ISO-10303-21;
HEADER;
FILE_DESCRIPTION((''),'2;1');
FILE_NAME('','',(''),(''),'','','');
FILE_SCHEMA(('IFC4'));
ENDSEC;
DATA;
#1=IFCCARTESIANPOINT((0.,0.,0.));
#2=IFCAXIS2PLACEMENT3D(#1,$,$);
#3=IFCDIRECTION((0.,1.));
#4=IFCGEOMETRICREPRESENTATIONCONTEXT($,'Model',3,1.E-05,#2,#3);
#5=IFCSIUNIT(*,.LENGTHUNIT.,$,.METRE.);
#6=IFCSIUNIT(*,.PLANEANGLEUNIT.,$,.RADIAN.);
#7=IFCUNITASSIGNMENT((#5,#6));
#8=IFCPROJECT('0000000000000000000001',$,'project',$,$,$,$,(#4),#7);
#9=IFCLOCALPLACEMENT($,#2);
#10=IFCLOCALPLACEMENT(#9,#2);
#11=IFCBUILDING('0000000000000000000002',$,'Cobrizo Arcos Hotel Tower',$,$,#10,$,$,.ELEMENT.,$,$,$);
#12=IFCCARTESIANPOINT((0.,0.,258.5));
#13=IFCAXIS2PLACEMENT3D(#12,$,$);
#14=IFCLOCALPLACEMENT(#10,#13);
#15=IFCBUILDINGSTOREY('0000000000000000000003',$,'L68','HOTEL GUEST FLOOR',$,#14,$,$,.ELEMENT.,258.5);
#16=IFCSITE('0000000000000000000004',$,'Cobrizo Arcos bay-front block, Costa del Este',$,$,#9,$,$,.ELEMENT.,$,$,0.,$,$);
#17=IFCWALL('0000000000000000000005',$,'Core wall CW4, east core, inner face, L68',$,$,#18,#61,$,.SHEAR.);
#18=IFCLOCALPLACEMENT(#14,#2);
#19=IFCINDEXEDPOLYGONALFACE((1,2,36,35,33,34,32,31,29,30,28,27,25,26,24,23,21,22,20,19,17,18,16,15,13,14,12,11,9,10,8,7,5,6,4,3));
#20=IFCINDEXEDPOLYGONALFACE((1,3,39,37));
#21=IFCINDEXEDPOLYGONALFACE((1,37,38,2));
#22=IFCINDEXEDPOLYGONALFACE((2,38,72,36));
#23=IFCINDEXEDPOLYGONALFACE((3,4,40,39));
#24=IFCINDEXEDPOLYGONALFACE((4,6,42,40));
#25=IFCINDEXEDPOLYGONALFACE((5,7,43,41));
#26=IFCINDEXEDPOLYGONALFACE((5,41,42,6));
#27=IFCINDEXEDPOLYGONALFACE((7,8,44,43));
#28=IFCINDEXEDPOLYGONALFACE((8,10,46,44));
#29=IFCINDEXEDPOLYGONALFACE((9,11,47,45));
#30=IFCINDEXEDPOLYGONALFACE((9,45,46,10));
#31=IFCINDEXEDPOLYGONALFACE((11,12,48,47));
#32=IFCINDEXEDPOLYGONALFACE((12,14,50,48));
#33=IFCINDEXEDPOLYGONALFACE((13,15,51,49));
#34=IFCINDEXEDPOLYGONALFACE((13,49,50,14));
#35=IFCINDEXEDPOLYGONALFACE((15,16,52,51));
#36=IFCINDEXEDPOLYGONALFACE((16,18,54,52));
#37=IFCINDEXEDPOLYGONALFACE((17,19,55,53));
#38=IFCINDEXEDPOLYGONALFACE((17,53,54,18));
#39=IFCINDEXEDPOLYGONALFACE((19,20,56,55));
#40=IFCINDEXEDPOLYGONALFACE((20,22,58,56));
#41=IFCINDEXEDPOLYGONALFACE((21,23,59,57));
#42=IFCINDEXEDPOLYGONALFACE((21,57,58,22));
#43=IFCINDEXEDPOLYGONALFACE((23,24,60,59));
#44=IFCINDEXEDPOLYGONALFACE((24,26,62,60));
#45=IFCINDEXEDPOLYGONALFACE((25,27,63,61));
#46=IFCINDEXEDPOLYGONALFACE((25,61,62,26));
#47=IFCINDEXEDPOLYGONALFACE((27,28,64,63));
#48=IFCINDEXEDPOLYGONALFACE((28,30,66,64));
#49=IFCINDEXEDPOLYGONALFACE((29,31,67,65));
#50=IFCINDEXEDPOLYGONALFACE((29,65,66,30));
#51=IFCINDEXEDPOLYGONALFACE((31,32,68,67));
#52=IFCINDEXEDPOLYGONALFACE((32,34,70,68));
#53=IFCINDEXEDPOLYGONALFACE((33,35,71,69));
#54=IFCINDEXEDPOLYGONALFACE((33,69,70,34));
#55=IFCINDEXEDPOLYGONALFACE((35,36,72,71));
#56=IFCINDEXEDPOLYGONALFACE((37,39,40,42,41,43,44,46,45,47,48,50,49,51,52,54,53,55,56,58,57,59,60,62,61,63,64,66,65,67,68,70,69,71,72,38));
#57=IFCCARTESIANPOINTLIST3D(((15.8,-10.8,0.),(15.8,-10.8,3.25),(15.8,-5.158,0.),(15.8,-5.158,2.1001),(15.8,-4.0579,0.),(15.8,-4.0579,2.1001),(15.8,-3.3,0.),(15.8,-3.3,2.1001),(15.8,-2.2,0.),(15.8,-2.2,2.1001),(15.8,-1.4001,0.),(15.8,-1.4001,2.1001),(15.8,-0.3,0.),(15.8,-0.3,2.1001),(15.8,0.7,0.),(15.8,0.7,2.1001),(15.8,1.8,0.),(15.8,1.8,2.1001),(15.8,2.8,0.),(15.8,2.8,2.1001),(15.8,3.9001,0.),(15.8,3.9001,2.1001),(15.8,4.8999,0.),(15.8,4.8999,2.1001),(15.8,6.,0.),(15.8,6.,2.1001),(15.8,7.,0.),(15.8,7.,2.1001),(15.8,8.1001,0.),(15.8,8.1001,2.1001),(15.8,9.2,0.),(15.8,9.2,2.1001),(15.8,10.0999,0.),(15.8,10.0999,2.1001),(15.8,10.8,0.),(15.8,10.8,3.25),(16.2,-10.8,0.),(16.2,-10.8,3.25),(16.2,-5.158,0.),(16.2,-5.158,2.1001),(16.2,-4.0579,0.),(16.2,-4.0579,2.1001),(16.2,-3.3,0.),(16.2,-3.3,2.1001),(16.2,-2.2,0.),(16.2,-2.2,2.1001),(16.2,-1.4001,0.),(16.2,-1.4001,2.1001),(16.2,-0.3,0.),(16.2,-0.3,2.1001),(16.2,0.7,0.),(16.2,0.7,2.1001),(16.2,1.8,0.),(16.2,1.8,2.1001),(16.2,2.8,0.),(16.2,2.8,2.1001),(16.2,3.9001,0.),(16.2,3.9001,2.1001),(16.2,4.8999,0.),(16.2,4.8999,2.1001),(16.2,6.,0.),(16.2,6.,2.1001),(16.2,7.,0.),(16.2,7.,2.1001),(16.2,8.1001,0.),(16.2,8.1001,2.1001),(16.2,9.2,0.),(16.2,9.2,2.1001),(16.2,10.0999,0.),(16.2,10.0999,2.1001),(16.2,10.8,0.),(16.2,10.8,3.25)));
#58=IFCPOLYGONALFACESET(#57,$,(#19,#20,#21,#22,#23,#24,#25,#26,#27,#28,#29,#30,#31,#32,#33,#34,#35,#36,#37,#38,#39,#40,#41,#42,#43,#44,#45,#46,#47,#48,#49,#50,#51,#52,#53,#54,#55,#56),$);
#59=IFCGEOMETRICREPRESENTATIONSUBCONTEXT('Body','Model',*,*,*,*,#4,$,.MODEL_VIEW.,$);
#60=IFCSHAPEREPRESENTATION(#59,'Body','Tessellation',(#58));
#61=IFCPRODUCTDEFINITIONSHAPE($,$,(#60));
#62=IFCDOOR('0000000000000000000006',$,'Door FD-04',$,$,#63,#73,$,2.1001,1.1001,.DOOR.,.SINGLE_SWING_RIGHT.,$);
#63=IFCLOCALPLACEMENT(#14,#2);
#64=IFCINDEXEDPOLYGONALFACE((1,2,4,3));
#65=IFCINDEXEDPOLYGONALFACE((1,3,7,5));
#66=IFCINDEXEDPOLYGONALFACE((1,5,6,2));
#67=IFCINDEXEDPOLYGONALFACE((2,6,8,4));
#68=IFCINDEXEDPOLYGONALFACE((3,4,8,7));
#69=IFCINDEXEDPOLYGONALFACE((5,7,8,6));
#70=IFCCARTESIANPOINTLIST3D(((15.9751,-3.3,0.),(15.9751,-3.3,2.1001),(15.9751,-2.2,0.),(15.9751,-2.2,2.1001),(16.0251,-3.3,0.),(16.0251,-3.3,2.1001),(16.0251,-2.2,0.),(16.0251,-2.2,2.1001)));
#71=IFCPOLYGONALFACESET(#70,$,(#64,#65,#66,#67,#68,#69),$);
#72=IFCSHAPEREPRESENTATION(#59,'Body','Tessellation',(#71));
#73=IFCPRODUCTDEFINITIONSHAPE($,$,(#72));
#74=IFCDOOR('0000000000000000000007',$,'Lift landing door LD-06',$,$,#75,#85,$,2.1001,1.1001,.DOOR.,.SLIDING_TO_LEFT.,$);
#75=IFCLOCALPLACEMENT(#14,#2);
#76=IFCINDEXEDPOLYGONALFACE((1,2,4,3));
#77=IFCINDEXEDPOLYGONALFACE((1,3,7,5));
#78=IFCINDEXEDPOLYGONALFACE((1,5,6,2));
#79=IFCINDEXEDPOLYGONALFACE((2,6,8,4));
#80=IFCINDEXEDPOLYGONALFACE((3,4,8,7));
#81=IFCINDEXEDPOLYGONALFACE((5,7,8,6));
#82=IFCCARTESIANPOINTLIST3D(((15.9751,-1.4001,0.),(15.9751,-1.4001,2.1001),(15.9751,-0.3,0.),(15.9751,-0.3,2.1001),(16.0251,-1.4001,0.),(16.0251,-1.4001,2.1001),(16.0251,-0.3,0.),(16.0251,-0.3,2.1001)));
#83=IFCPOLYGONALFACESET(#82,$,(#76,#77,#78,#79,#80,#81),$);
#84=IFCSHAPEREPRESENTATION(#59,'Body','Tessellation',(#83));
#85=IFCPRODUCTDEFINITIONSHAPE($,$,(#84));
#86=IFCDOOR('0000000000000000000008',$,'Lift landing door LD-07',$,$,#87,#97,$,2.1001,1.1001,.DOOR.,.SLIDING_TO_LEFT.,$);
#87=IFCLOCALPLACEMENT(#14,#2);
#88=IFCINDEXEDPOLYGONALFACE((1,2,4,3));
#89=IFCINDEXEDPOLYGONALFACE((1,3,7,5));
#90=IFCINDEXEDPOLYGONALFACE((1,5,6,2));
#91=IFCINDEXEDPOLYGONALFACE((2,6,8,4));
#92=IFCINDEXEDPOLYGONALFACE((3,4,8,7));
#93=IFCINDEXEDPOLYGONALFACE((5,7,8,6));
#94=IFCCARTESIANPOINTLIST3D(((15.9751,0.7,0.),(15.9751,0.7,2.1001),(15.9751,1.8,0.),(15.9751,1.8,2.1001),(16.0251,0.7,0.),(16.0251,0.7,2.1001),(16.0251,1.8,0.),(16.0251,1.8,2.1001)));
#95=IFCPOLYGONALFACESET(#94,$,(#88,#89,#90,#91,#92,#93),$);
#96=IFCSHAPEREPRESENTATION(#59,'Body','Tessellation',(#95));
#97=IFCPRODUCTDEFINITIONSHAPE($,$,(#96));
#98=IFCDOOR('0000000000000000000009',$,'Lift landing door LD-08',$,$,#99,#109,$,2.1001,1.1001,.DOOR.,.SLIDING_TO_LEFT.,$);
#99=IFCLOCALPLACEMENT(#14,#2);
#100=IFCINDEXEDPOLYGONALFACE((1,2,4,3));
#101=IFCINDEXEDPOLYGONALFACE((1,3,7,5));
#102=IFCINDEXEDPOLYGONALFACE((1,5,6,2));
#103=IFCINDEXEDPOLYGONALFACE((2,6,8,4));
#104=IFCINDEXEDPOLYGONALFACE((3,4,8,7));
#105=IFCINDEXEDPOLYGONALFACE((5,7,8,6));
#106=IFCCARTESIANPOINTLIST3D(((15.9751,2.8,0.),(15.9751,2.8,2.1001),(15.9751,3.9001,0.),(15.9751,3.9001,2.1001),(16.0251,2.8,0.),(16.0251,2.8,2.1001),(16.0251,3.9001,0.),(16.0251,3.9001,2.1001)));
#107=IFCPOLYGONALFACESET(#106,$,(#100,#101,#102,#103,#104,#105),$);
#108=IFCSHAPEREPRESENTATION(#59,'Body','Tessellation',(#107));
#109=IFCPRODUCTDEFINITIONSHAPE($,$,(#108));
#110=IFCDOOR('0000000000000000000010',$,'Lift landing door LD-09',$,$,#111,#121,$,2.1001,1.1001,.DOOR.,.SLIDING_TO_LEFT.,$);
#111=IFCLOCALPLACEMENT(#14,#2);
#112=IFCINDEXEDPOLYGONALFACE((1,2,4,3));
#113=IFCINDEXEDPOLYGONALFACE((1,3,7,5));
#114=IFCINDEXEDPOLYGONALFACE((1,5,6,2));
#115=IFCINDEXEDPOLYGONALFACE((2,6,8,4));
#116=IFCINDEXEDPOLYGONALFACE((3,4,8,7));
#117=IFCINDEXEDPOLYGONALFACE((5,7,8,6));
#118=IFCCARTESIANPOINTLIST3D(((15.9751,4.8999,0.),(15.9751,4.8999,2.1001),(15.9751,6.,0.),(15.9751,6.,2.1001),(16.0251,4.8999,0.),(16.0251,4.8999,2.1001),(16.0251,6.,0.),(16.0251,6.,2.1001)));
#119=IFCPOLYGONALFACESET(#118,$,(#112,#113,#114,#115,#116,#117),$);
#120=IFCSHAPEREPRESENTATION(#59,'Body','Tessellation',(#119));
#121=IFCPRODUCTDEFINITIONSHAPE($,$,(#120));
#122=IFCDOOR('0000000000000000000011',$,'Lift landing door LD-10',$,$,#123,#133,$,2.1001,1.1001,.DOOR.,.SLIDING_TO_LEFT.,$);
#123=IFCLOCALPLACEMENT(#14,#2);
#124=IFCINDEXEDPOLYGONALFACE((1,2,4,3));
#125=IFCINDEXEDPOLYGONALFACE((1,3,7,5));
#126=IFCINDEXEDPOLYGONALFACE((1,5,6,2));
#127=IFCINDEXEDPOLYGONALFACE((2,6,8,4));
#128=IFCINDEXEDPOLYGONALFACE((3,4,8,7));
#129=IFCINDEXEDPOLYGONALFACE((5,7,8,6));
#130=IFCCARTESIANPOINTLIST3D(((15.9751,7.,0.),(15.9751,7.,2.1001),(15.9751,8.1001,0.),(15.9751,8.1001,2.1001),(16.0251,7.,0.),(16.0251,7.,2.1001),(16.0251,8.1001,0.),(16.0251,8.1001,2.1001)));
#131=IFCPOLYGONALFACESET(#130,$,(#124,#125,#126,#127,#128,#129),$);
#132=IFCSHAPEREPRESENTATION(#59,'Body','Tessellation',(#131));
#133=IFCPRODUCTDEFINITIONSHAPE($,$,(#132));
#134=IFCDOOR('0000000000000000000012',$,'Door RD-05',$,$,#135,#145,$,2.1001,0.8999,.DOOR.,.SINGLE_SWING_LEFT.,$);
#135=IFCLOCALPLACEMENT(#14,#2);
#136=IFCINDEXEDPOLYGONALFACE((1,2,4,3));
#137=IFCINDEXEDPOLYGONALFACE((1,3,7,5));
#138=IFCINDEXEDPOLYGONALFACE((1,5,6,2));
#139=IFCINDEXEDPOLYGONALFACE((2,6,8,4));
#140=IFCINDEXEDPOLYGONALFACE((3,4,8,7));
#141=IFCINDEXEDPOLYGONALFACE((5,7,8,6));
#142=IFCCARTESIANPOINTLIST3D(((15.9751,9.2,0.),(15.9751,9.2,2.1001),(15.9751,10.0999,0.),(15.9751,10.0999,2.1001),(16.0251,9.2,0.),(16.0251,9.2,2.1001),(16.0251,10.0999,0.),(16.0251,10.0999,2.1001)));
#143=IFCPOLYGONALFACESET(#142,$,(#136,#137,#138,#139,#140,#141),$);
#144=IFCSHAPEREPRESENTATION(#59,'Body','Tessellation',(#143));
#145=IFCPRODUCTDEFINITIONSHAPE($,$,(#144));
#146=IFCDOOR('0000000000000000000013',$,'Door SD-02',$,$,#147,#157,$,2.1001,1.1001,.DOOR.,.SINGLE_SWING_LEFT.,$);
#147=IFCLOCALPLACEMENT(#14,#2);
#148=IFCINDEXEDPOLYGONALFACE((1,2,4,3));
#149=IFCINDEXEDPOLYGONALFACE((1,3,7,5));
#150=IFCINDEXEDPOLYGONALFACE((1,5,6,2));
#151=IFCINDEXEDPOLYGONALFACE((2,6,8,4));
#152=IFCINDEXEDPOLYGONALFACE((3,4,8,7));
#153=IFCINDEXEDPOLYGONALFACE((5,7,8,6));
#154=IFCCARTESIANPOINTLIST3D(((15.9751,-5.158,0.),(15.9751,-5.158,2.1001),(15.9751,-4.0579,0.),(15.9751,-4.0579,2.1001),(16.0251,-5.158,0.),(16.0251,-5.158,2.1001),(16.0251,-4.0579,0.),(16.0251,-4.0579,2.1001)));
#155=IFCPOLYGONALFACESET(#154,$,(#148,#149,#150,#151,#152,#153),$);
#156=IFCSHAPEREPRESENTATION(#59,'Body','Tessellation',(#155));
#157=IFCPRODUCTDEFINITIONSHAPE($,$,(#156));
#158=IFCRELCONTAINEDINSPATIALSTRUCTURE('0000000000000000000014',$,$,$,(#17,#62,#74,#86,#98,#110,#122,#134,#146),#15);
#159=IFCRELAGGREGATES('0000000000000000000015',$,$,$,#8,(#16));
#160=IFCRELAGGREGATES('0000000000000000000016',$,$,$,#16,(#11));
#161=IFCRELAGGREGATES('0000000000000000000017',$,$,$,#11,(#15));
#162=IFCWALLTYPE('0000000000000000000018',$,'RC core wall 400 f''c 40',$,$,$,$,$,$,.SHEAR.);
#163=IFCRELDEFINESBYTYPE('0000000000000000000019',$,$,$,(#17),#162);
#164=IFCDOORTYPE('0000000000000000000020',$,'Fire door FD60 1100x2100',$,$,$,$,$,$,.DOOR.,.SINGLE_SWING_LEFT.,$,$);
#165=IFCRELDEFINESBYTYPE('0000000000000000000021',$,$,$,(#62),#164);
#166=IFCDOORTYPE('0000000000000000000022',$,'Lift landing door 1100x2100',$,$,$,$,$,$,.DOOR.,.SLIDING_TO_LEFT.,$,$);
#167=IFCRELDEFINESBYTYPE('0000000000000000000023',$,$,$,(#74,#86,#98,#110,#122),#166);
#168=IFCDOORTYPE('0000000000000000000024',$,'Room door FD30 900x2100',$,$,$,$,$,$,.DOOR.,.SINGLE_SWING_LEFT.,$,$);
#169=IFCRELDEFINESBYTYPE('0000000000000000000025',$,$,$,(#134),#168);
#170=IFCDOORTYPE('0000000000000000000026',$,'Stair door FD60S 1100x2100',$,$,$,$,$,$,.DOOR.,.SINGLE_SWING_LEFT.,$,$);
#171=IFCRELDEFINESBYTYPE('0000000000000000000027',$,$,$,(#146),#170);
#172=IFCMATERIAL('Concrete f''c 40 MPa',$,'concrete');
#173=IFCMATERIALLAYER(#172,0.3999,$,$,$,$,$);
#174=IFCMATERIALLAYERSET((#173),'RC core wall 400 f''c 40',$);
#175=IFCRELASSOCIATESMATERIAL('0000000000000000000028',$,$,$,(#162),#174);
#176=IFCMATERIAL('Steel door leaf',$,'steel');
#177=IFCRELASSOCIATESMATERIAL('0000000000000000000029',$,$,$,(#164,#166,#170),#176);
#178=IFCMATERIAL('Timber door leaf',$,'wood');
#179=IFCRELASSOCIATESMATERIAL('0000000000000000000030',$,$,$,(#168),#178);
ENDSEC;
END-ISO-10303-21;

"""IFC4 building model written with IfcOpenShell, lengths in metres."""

from ifc_helpers import new_model, si_unit, direction, frame, frame_2d, origin, place, context, subcontext, project, spatial, rectangle, extrude, material, layer, layer_set, type_object, element, fill, save


model = new_model("IFC4")

# Units and contexts
model_context = context("Model", 3, precision=1e-05, world=origin(), true_north=direction((0.0, 1.0)))
body_context = subcontext(model_context, "Body", "Model", "MODEL_VIEW")
ifc_project = project(units=[si_unit("LENGTHUNIT", "METRE"), si_unit("PLANEANGLEUNIT", "RADIAN")], contexts=[model_context])

# Site, building, storey
site_placement = place(None, origin())
site = spatial("IfcSite", under=ifc_project, at=site_placement, Name="Cobrizo Arcos bay-front block, Costa del Este", CompositionType="ELEMENT", RefElevation=0.0)
building_placement = place(site_placement, origin())
building = spatial("IfcBuilding", under=site, at=building_placement, Name="Cobrizo Arcos Hotel Tower", CompositionType="ELEMENT")
storey_placement = place(building_placement, frame((0.0, 0.0, 258.5)))
storey = spatial("IfcBuildingStorey", under=building, at=storey_placement, Name="L68", Description="HOTEL GUEST FLOOR", CompositionType="ELEMENT", Elevation=258.5)

# Wall, openings, doors
ifc_material_1 = material(Name="Concrete f'c 40 MPa", Category="concrete")
ifc_layer_1 = layer(ifc_material_1, 0.3999)
ifc_layer_set_1 = layer_set([ifc_layer_1], Name="RC core wall 400 f'c 40")
wall_type_1 = type_object("IfcWallType", Name="RC core wall 400 f'c 40", PredefinedType="SHEAR", material=ifc_layer_set_1)
wall_1_placement = place(storey_placement, frame((16.0, -10.8, 0.0), z_axis=(0.0, 0.0, 1.0), x_axis=(0.0, 1.0, 0.0)))
wall_1 = element("IfcWall", 1, at=wall_1_placement, inside=storey, type_object=wall_type_1, Name="Core wall CW4, east core, inner face, L68", PredefinedType="SHEAR", context=body_context, shape_type="SweptSolid", body=[
    extrude(rectangle(XDim=21.6001, YDim=0.3999, at=frame_2d((10.8, 0.0))), origin(), (0.0, 0.0, 1.0), 3.25),
])
opening_1_placement = place(wall_1_placement, frame((9.3999, 0.0, 0.0)))
opening_1 = element("IfcOpeningElement", 2, at=opening_1_placement, cuts=wall_1, PredefinedType="OPENING", context=body_context, shape_type="SweptSolid", body=[
    extrude(rectangle(XDim=1.1001, YDim=2.1001, at=frame_2d((0.55, 1.05))), frame((0.0, 0.2119, 0.0), z_axis=(0.0, -1.0, 0.0), x_axis=(1.0, 0.0, 0.0)), (0.0, 0.0, 1.0), 0.4238),
])
opening_2_placement = place(wall_1_placement, frame((11.5, 0.0, 0.0)))
opening_2 = element("IfcOpeningElement", 3, at=opening_2_placement, cuts=wall_1, PredefinedType="OPENING", context=body_context, shape_type="SweptSolid", body=[
    extrude(rectangle(XDim=1.1001, YDim=2.1001, at=frame_2d((0.55, 1.05))), frame((0.0, 0.2119, 0.0), z_axis=(0.0, -1.0, 0.0), x_axis=(1.0, 0.0, 0.0)), (0.0, 0.0, 1.0), 0.4238),
])
opening_3_placement = place(wall_1_placement, frame((13.6001, 0.0, 0.0)))
opening_3 = element("IfcOpeningElement", 4, at=opening_3_placement, cuts=wall_1, PredefinedType="OPENING", context=body_context, shape_type="SweptSolid", body=[
    extrude(rectangle(XDim=1.1001, YDim=2.1001, at=frame_2d((0.55, 1.05))), frame((0.0, 0.2119, 0.0), z_axis=(0.0, -1.0, 0.0), x_axis=(1.0, 0.0, 0.0)), (0.0, 0.0, 1.0), 0.4238),
])
opening_4_placement = place(wall_1_placement, frame((15.7, 0.0, 0.0)))
opening_4 = element("IfcOpeningElement", 5, at=opening_4_placement, cuts=wall_1, PredefinedType="OPENING", context=body_context, shape_type="SweptSolid", body=[
    extrude(rectangle(XDim=1.1001, YDim=2.1001, at=frame_2d((0.55, 1.05))), frame((0.0, 0.2119, 0.0), z_axis=(0.0, -1.0, 0.0), x_axis=(1.0, 0.0, 0.0)), (0.0, 0.0, 1.0), 0.4238),
])
opening_5_placement = place(wall_1_placement, frame((17.8, 0.0, 0.0)))
opening_5 = element("IfcOpeningElement", 6, at=opening_5_placement, cuts=wall_1, PredefinedType="OPENING", context=body_context, shape_type="SweptSolid", body=[
    extrude(rectangle(XDim=1.1001, YDim=2.1001, at=frame_2d((0.55, 1.05))), frame((0.0, 0.2119, 0.0), z_axis=(0.0, -1.0, 0.0), x_axis=(1.0, 0.0, 0.0)), (0.0, 0.0, 1.0), 0.4238),
])
opening_6_placement = place(wall_1_placement, frame((5.6421, 0.0, 0.0)))
opening_6 = element("IfcOpeningElement", 7, at=opening_6_placement, cuts=wall_1, PredefinedType="OPENING", context=body_context, shape_type="SweptSolid", body=[
    extrude(rectangle(XDim=1.1001, YDim=2.1001, at=frame_2d((0.55, 1.05))), frame((0.0, 0.2119, 0.0), z_axis=(0.0, -1.0, 0.0), x_axis=(1.0, 0.0, 0.0)), (0.0, 0.0, 1.0), 0.4238),
])
opening_7_placement = place(wall_1_placement, frame((7.5, 0.0, 0.0)))
opening_7 = element("IfcOpeningElement", 8, at=opening_7_placement, cuts=wall_1, PredefinedType="OPENING", context=body_context, shape_type="SweptSolid", body=[
    extrude(rectangle(XDim=1.1001, YDim=2.1001, at=frame_2d((0.55, 1.05))), frame((0.0, 0.2119, 0.0), z_axis=(0.0, -1.0, 0.0), x_axis=(1.0, 0.0, 0.0)), (0.0, 0.0, 1.0), 0.4238),
])
opening_8_placement = place(wall_1_placement, frame((20.0, 0.0, 0.0)))
opening_8 = element("IfcOpeningElement", 9, at=opening_8_placement, cuts=wall_1, PredefinedType="OPENING", context=body_context, shape_type="SweptSolid", body=[
    extrude(rectangle(XDim=0.8999, YDim=2.1001, at=frame_2d((0.45, 1.05))), frame((0.0, 0.2119, 0.0), z_axis=(0.0, -1.0, 0.0), x_axis=(1.0, 0.0, 0.0)), (0.0, 0.0, 1.0), 0.4238),
])
ifc_material_2 = material(Name="Steel door leaf", Category="steel")
door_type_1 = type_object("IfcDoorType", Name="Fire door FD60 1100x2100", OperationType="SINGLE_SWING_LEFT", PredefinedType="DOOR", material=ifc_material_2)
door_1_placement = place(opening_7_placement, origin())
door_1 = element("IfcDoor", 10, at=door_1_placement, inside=storey, type_object=door_type_1, Name="Door FD-04", OperationType="SINGLE_SWING_RIGHT", OverallHeight=2.1001, OverallWidth=1.1001, PredefinedType="DOOR", context=body_context, shape_type="SweptSolid", body=[
    extrude(rectangle(XDim=1.1001, YDim=2.1001, at=frame_2d((0.55, 1.05))), frame((0.0, 0.0249, 0.0), z_axis=(0.0, -1.0, 0.0), x_axis=(1.0, 0.0, 0.0)), (0.0, 0.0, 1.0), 0.05),
])
fill(opening_7, door_1)
door_type_2 = type_object("IfcDoorType", Name="Lift landing door 1100x2100", OperationType="SLIDING_TO_LEFT", PredefinedType="DOOR", material=ifc_material_2)
door_2_placement = place(opening_1_placement, origin())
door_2 = element("IfcDoor", 11, at=door_2_placement, inside=storey, type_object=door_type_2, Name="Lift landing door LD-06", OperationType="SLIDING_TO_LEFT", OverallHeight=2.1001, OverallWidth=1.1001, PredefinedType="DOOR", context=body_context, shape_type="SweptSolid", body=[
    extrude(rectangle(XDim=1.1001, YDim=2.1001, at=frame_2d((0.55, 1.05))), frame((0.0, 0.0249, 0.0), z_axis=(0.0, -1.0, 0.0), x_axis=(1.0, 0.0, 0.0)), (0.0, 0.0, 1.0), 0.05),
])
fill(opening_1, door_2)
door_3_placement = place(opening_2_placement, origin())
door_3 = element("IfcDoor", 12, at=door_3_placement, inside=storey, type_object=door_type_2, Name="Lift landing door LD-07", OperationType="SLIDING_TO_LEFT", OverallHeight=2.1001, OverallWidth=1.1001, PredefinedType="DOOR", context=body_context, shape_type="SweptSolid", body=[
    extrude(rectangle(XDim=1.1001, YDim=2.1001, at=frame_2d((0.55, 1.05))), frame((0.0, 0.0249, 0.0), z_axis=(0.0, -1.0, 0.0), x_axis=(1.0, 0.0, 0.0)), (0.0, 0.0, 1.0), 0.05),
])
fill(opening_2, door_3)
door_4_placement = place(opening_3_placement, origin())
door_4 = element("IfcDoor", 13, at=door_4_placement, inside=storey, type_object=door_type_2, Name="Lift landing door LD-08", OperationType="SLIDING_TO_LEFT", OverallHeight=2.1001, OverallWidth=1.1001, PredefinedType="DOOR", context=body_context, shape_type="SweptSolid", body=[
    extrude(rectangle(XDim=1.1001, YDim=2.1001, at=frame_2d((0.55, 1.05))), frame((0.0, 0.0249, 0.0), z_axis=(0.0, -1.0, 0.0), x_axis=(1.0, 0.0, 0.0)), (0.0, 0.0, 1.0), 0.05),
])
fill(opening_3, door_4)
door_5_placement = place(opening_4_placement, origin())
door_5 = element("IfcDoor", 14, at=door_5_placement, inside=storey, type_object=door_type_2, Name="Lift landing door LD-09", OperationType="SLIDING_TO_LEFT", OverallHeight=2.1001, OverallWidth=1.1001, PredefinedType="DOOR", context=body_context, shape_type="SweptSolid", body=[
    extrude(rectangle(XDim=1.1001, YDim=2.1001, at=frame_2d((0.55, 1.05))), frame((0.0, 0.0249, 0.0), z_axis=(0.0, -1.0, 0.0), x_axis=(1.0, 0.0, 0.0)), (0.0, 0.0, 1.0), 0.05),
])
fill(opening_4, door_5)
door_6_placement = place(opening_5_placement, origin())
door_6 = element("IfcDoor", 15, at=door_6_placement, inside=storey, type_object=door_type_2, Name="Lift landing door LD-10", OperationType="SLIDING_TO_LEFT", OverallHeight=2.1001, OverallWidth=1.1001, PredefinedType="DOOR", context=body_context, shape_type="SweptSolid", body=[
    extrude(rectangle(XDim=1.1001, YDim=2.1001, at=frame_2d((0.55, 1.05))), frame((0.0, 0.0249, 0.0), z_axis=(0.0, -1.0, 0.0), x_axis=(1.0, 0.0, 0.0)), (0.0, 0.0, 1.0), 0.05),
])
fill(opening_5, door_6)
ifc_material_3 = material(Name="Timber door leaf", Category="wood")
door_type_3 = type_object("IfcDoorType", Name="Room door FD30 900x2100", OperationType="SINGLE_SWING_LEFT", PredefinedType="DOOR", material=ifc_material_3)
door_7_placement = place(opening_8_placement, origin())
door_7 = element("IfcDoor", 16, at=door_7_placement, inside=storey, type_object=door_type_3, Name="Door RD-05", OperationType="SINGLE_SWING_LEFT", OverallHeight=2.1001, OverallWidth=0.8999, PredefinedType="DOOR", context=body_context, shape_type="SweptSolid", body=[
    extrude(rectangle(XDim=0.8999, YDim=2.1001, at=frame_2d((0.45, 1.05))), frame((0.0, 0.0249, 0.0), z_axis=(0.0, -1.0, 0.0), x_axis=(1.0, 0.0, 0.0)), (0.0, 0.0, 1.0), 0.05),
])
fill(opening_8, door_7)
door_type_4 = type_object("IfcDoorType", Name="Stair door FD60S 1100x2100", OperationType="SINGLE_SWING_LEFT", PredefinedType="DOOR", material=ifc_material_2)
door_8_placement = place(opening_6_placement, origin())
door_8 = element("IfcDoor", 17, at=door_8_placement, inside=storey, type_object=door_type_4, Name="Door SD-02", OperationType="SINGLE_SWING_LEFT", OverallHeight=2.1001, OverallWidth=1.1001, PredefinedType="DOOR", context=body_context, shape_type="SweptSolid", body=[
    extrude(rectangle(XDim=1.1001, YDim=2.1001, at=frame_2d((0.55, 1.05))), frame((0.0, 0.0249, 0.0), z_axis=(0.0, -1.0, 0.0), x_axis=(1.0, 0.0, 0.0)), (0.0, 0.0, 1.0), 0.05),
])
fill(opening_6, door_8)

save(model, "model.ifc")
